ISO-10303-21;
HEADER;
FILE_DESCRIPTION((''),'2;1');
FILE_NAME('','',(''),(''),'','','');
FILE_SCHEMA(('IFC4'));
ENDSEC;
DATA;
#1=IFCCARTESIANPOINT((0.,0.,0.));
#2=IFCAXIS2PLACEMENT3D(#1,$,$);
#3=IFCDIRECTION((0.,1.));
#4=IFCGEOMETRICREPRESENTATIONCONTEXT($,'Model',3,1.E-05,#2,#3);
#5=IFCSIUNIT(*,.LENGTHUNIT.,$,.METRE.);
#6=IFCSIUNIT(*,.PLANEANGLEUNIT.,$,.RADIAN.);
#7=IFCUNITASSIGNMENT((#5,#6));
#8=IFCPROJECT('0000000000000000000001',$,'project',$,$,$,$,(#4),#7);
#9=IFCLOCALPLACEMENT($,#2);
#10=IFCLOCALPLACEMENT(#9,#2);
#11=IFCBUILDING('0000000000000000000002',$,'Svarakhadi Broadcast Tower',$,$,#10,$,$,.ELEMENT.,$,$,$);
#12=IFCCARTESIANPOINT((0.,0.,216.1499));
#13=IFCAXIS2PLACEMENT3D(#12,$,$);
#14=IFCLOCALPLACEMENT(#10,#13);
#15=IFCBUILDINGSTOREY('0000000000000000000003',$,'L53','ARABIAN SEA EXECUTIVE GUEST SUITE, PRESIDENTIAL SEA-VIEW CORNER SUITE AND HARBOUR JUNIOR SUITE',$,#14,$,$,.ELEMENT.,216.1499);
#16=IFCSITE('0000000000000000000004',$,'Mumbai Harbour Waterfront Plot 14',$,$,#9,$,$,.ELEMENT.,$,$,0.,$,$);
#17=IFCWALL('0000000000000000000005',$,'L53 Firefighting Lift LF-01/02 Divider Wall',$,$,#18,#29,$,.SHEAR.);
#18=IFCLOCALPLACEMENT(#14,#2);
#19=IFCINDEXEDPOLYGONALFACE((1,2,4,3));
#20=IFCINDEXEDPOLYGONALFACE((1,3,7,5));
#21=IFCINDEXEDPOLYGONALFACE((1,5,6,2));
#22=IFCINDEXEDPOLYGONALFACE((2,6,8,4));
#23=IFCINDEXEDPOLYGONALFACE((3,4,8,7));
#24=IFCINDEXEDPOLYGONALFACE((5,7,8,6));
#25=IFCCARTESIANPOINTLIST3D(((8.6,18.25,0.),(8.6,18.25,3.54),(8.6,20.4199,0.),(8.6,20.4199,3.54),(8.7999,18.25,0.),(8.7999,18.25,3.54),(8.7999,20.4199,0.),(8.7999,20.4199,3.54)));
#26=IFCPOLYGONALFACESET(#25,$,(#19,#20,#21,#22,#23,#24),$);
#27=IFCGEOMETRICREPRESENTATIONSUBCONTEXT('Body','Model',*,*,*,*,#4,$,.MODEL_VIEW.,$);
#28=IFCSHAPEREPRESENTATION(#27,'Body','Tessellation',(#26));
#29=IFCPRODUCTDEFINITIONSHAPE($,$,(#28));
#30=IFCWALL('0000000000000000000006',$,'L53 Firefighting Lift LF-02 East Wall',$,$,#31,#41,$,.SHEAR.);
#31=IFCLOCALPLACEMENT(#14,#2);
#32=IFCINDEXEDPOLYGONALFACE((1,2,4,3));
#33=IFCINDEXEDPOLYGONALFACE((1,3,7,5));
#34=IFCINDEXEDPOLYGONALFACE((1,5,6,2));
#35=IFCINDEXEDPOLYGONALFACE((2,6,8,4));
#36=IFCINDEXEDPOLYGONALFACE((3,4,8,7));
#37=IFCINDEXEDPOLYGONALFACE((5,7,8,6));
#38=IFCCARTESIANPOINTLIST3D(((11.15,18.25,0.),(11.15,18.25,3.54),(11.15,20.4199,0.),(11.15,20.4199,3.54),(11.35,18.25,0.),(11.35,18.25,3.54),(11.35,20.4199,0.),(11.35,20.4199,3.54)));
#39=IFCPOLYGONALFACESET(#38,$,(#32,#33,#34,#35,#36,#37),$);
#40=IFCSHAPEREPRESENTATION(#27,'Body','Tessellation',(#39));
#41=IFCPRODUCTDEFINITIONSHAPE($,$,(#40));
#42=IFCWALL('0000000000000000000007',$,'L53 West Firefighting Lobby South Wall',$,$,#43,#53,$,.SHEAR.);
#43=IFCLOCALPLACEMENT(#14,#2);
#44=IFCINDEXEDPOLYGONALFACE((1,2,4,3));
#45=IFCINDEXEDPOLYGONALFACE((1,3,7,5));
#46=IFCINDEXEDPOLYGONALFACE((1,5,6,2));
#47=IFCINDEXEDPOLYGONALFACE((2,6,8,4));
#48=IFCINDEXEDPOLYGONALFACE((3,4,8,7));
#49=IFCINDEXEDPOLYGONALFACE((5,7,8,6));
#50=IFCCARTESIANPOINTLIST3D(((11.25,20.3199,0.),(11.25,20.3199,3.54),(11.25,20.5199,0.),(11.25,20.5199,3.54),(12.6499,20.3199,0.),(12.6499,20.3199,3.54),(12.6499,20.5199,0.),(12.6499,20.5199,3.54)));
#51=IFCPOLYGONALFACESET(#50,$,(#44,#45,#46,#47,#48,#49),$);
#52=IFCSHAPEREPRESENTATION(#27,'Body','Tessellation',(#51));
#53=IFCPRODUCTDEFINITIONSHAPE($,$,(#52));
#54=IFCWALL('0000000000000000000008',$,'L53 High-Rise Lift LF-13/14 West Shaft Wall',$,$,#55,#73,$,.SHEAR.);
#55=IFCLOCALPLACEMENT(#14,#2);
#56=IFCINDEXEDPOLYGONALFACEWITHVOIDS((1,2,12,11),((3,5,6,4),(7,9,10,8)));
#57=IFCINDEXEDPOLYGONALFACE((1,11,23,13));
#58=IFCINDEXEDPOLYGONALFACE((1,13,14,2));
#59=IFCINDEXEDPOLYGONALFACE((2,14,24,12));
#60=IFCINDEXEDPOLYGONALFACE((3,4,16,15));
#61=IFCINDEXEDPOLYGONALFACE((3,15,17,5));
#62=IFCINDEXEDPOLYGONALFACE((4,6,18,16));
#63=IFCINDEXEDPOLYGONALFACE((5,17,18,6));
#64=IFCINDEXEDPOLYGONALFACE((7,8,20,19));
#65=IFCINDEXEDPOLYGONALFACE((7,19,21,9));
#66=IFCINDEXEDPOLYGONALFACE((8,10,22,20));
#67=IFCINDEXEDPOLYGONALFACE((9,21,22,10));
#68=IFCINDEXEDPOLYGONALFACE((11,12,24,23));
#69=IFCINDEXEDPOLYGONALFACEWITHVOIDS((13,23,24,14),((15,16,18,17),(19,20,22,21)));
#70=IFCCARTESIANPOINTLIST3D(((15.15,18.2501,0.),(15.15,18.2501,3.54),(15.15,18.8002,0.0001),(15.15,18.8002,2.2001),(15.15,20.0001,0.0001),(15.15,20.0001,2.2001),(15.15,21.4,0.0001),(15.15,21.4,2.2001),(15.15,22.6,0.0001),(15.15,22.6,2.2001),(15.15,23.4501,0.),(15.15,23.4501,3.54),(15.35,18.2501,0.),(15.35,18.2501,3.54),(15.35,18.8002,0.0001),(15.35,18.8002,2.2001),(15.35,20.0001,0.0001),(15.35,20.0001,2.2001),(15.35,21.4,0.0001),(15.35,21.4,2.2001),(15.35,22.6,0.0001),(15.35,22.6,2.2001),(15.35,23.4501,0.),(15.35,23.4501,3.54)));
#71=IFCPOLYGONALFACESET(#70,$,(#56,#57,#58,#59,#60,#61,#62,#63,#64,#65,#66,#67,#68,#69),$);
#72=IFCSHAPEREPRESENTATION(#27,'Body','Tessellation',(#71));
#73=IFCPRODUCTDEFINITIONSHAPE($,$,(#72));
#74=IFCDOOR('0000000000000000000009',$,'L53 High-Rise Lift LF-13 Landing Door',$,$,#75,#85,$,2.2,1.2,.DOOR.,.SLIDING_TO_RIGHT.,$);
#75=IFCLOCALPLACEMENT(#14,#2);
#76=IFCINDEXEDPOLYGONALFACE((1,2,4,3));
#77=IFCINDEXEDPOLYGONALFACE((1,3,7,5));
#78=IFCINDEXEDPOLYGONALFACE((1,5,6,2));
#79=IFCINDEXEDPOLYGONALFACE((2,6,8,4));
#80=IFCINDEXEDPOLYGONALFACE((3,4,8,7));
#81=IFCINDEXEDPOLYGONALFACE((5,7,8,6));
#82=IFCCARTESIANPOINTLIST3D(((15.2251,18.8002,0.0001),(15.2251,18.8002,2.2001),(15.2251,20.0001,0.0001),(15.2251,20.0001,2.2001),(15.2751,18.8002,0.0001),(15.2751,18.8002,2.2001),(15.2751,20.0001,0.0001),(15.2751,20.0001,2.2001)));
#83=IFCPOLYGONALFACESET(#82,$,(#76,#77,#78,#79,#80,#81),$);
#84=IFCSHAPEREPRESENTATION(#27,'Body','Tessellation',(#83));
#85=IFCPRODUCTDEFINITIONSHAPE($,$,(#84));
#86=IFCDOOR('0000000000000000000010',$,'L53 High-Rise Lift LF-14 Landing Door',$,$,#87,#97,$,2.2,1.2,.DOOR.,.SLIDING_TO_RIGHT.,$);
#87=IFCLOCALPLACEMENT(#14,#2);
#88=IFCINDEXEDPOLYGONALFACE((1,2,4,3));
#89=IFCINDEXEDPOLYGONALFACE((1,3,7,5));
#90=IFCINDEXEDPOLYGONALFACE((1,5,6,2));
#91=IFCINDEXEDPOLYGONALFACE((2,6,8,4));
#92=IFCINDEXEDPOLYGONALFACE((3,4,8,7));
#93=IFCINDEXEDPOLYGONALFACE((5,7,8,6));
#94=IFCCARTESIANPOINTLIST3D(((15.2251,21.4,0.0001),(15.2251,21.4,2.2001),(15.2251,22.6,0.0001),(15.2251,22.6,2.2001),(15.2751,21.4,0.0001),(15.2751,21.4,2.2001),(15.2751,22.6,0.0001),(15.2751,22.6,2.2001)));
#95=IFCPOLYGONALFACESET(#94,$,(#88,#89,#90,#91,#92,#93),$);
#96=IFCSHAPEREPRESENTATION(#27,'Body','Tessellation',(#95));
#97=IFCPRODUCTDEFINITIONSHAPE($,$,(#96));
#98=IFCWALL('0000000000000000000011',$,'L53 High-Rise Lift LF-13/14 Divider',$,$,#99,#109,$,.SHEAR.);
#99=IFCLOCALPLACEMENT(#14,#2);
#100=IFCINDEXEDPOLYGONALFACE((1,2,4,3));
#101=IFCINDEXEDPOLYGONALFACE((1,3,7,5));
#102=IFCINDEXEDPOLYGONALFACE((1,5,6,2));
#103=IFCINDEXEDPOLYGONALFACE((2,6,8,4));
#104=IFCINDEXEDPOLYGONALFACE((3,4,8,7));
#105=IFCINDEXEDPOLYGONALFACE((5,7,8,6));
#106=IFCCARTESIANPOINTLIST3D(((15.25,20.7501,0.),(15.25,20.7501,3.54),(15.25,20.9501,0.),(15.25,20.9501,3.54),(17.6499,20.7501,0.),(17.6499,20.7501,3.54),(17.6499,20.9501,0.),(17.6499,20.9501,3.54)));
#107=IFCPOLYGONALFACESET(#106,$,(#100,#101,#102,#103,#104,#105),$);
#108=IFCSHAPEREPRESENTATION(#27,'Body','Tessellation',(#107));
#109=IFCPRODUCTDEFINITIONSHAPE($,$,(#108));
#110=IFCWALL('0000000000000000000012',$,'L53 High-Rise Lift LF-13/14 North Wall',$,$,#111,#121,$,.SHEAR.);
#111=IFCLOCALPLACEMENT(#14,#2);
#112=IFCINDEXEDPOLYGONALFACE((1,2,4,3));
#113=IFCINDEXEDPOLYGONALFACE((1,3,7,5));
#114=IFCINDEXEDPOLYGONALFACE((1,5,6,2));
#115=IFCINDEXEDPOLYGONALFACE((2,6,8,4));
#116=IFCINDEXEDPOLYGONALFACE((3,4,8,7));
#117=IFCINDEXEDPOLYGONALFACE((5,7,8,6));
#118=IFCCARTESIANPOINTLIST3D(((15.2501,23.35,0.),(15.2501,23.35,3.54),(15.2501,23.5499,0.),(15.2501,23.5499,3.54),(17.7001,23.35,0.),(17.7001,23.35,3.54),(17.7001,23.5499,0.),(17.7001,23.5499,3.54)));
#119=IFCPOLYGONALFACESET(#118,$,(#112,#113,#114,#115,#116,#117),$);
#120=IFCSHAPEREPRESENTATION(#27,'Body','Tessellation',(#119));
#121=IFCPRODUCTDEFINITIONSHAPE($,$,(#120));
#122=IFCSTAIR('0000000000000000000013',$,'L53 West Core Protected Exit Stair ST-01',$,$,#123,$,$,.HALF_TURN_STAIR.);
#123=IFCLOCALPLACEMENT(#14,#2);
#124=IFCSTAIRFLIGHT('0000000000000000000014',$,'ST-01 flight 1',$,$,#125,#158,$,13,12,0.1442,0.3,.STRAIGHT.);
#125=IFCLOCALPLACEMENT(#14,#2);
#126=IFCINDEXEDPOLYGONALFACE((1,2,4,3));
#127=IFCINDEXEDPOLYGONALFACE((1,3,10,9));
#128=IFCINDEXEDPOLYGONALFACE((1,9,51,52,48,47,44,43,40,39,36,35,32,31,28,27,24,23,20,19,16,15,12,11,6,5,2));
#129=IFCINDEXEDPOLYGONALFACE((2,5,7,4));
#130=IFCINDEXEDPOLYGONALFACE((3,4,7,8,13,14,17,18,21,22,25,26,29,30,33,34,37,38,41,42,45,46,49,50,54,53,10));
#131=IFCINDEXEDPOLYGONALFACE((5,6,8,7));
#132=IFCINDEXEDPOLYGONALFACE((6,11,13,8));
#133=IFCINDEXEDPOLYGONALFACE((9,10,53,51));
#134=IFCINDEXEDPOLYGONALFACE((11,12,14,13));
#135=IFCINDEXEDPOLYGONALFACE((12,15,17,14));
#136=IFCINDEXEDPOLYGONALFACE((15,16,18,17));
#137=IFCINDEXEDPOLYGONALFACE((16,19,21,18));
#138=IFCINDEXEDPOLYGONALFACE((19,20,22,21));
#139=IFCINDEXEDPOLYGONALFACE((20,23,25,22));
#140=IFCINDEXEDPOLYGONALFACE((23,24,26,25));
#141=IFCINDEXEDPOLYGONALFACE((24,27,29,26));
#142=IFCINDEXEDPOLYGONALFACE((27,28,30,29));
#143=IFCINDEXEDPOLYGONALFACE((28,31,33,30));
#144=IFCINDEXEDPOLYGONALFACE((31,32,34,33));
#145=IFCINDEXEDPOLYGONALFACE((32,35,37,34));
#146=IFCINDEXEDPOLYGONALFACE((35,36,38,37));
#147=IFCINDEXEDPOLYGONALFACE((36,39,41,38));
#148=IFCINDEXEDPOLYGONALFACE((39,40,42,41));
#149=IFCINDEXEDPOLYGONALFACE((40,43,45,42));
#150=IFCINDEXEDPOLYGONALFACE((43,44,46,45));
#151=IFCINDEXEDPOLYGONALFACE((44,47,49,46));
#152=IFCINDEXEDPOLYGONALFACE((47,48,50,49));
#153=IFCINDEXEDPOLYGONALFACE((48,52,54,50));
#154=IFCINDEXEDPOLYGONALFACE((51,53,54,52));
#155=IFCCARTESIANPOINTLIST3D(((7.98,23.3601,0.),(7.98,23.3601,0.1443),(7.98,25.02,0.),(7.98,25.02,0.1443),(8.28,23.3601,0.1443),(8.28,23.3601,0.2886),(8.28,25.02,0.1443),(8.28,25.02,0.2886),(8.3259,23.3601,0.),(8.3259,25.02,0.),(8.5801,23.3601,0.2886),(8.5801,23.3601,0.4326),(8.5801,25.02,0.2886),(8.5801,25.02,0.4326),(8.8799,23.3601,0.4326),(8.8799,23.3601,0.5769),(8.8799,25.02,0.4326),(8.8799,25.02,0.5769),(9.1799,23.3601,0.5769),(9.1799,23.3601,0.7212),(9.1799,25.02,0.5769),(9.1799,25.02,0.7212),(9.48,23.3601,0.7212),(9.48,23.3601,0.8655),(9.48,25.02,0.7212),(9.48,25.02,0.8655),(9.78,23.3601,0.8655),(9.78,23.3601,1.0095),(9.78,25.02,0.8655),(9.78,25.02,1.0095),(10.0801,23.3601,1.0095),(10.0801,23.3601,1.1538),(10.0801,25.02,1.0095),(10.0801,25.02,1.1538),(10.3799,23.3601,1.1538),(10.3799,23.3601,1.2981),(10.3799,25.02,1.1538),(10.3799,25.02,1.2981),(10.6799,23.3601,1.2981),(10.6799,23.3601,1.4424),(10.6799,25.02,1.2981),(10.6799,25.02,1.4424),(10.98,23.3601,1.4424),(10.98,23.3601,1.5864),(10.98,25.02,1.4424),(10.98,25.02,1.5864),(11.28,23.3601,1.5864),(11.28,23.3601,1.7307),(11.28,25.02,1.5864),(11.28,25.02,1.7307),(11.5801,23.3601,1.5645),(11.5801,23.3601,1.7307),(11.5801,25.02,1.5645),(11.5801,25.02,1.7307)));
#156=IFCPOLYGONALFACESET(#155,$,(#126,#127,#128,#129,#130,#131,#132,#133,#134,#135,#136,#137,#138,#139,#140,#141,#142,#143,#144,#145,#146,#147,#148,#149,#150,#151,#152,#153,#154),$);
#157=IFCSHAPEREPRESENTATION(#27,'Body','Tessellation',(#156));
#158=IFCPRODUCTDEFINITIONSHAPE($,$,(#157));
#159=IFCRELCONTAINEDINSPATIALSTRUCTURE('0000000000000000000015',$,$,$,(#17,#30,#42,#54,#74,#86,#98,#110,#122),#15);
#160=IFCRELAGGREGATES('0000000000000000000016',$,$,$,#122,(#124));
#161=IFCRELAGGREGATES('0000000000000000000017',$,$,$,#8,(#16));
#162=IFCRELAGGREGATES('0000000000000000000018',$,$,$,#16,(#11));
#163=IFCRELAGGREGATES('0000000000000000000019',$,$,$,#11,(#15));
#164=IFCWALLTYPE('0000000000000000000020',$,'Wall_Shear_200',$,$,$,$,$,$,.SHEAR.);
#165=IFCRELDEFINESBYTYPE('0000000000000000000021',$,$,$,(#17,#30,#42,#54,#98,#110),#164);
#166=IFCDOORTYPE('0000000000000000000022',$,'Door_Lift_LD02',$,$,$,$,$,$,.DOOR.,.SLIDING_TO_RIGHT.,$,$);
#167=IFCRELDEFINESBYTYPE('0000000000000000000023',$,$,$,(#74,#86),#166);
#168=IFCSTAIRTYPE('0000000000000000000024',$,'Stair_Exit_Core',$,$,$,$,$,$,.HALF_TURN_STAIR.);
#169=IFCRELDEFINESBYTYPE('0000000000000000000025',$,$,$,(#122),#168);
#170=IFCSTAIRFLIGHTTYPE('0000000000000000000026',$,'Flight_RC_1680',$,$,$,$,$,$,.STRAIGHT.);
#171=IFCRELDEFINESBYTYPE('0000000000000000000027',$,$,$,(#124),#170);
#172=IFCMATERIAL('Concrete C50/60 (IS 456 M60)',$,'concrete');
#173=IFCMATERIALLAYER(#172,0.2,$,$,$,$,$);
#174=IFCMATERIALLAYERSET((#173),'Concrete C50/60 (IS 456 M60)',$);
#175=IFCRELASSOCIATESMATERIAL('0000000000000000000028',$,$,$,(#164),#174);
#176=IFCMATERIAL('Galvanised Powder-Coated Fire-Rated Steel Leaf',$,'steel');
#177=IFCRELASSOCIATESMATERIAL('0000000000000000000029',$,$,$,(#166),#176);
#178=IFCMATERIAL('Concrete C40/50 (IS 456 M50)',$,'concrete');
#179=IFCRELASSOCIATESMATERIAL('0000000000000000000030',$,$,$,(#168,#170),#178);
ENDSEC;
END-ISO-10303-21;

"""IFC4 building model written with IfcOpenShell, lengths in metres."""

from ifc_helpers import new_model, si_unit, direction, frame, frame_2d, origin, place, context, subcontext, project, spatial, polyline, rectangle, outline, extrude, material, layer, layer_set, type_object, element, fill, aggregate, save


model = new_model("IFC4")

# Units and contexts
model_context = context("Model", 3, precision=1e-05, world=origin(), true_north=direction((0.0, 1.0)))
body_context = subcontext(model_context, "Body", "Model", "MODEL_VIEW")
ifc_project = project(units=[si_unit("LENGTHUNIT", "METRE"), si_unit("PLANEANGLEUNIT", "RADIAN")], contexts=[model_context])

# Site, building, storey
site_placement = place(None, origin())
site = spatial("IfcSite", under=ifc_project, at=site_placement, Name="Mumbai Harbour Waterfront Plot 14", CompositionType="ELEMENT", RefElevation=0.0)
building_placement = place(site_placement, origin())
building = spatial("IfcBuilding", under=site, at=building_placement, Name="Svarakhadi Broadcast Tower", CompositionType="ELEMENT")
storey_placement = place(building_placement, frame((0.0, 0.0, 216.1499)))
storey = spatial("IfcBuildingStorey", under=building, at=storey_placement, Name="L53", Description="ARABIAN SEA EXECUTIVE GUEST SUITE, PRESIDENTIAL SEA-VIEW CORNER SUITE AND HARBOUR JUNIOR SUITE", CompositionType="ELEMENT", Elevation=216.1499)

# Shared definitions
ifc_material_1 = material(Name="Concrete C50/60 (IS 456 M60)", Category="concrete")

# Shared definitions
ifc_material_2 = material(Name="Concrete C40/50 (IS 456 M50)", Category="concrete")

# Shared definitions
ifc_layer_1 = layer(ifc_material_1, 0.2)
ifc_layer_set_1 = layer_set([ifc_layer_1], Name="Concrete C50/60 (IS 456 M60)")
wall_type_1 = type_object("IfcWallType", Name="Wall_Shear_200", PredefinedType="SHEAR", material=ifc_layer_set_1)
ifc_material_3 = material(Name="Galvanised Powder-Coated Fire-Rated Steel Leaf", Category="steel")

# Walls
for number, where, z_axis, x_axis, name in (
    (1, (8.7, 18.25, 0.0), (0.0, 0.0, 1.0), (0.0, 1.0, 0.0), "L53 Firefighting Lift LF-01/02 Divider Wall"),
    (2, (11.25, 18.25, 0.0), (0.0, 0.0, 1.0), (0.0, 1.0, 0.0), "L53 Firefighting Lift LF-02 East Wall"),
):
    element("IfcWall", number, at=place(storey_placement, frame(where, z_axis=z_axis, x_axis=x_axis)), inside=storey, type_object=wall_type_1, Name=name, PredefinedType="SHEAR", context=body_context, shape_type="SweptSolid", body=[
        extrude(rectangle(XDim=2.1699, YDim=0.2, at=frame_2d((1.085, 0.0))), origin(), (0.0, 0.0, 1.0), 3.54),
    ])
wall_1_placement = place(storey_placement, frame((11.25, 20.4199, 0.0), z_axis=(0.0, 0.0, 1.0), x_axis=(1.0, 0.0, 0.0)))
element("IfcWall", 3, at=wall_1_placement, inside=storey, type_object=wall_type_1, Name="L53 West Firefighting Lobby South Wall", PredefinedType="SHEAR", context=body_context, shape_type="SweptSolid", body=[
    extrude(rectangle(XDim=1.3999, YDim=0.2, at=frame_2d((0.7, 0.0))), origin(), (0.0, 0.0, 1.0), 3.54),
])

# Wall, openings, doors
wall_2_placement = place(storey_placement, frame((15.25, 18.25, 0.0), z_axis=(0.0, 0.0, 1.0), x_axis=(0.0, 1.0, 0.0)))
wall_2 = element("IfcWall", 4, at=wall_2_placement, inside=storey, type_object=wall_type_1, Name="L53 High-Rise Lift LF-13/14 West Shaft Wall", PredefinedType="SHEAR", context=body_context, shape_type="SweptSolid", body=[
    extrude(rectangle(XDim=5.2, YDim=0.2, at=frame_2d((2.6001, 0.0))), origin(), (0.0, 0.0, 1.0), 3.54),
])
opening_1_placement = place(wall_2_placement, frame((0.55, 0.0, 0.0)))
opening_1 = element("IfcOpeningElement", 5, at=opening_1_placement, cuts=wall_2, PredefinedType="OPENING", context=body_context, shape_type="SweptSolid", body=[
    extrude(rectangle(XDim=1.2, YDim=2.2, at=frame_2d((0.6001, 1.1001))), frame((0.0, 0.1099, 0.0), z_axis=(0.0, -1.0, 0.0), x_axis=(1.0, 0.0, 0.0)), (0.0, 0.0, 1.0), 0.22),
])
opening_2_placement = place(wall_2_placement, frame((3.1499, 0.0, 0.0)))
opening_2 = element("IfcOpeningElement", 6, at=opening_2_placement, cuts=wall_2, PredefinedType="OPENING", context=body_context, shape_type="SweptSolid", body=[
    extrude(rectangle(XDim=1.2, YDim=2.2, at=frame_2d((0.6001, 1.1001))), frame((0.0, 0.1099, 0.0), z_axis=(0.0, -1.0, 0.0), x_axis=(1.0, 0.0, 0.0)), (0.0, 0.0, 1.0), 0.22),
])
door_type_1 = type_object("IfcDoorType", Name="Door_Lift_LD02", OperationType="SLIDING_TO_RIGHT", PredefinedType="DOOR", material=ifc_material_3)
door_1_placement = place(opening_1_placement, origin())
door_1 = element("IfcDoor", 7, at=door_1_placement, inside=storey, type_object=door_type_1, Name="L53 High-Rise Lift LF-13 Landing Door", OperationType="SLIDING_TO_RIGHT", OverallHeight=2.2, OverallWidth=1.2, PredefinedType="DOOR", context=body_context, shape_type="SweptSolid", body=[
    extrude(rectangle(XDim=1.2, YDim=2.2, at=frame_2d((0.6001, 1.1001))), frame((0.0, 0.0249, 0.0), z_axis=(0.0, -1.0, 0.0), x_axis=(1.0, 0.0, 0.0)), (0.0, 0.0, 1.0), 0.05),
])
fill(opening_1, door_1)
door_2_placement = place(opening_2_placement, origin())
door_2 = element("IfcDoor", 8, at=door_2_placement, inside=storey, type_object=door_type_1, Name="L53 High-Rise Lift LF-14 Landing Door", OperationType="SLIDING_TO_RIGHT", OverallHeight=2.2, OverallWidth=1.2, PredefinedType="DOOR", context=body_context, shape_type="SweptSolid", body=[
    extrude(rectangle(XDim=1.2, YDim=2.2, at=frame_2d((0.6001, 1.1001))), frame((0.0, 0.0249, 0.0), z_axis=(0.0, -1.0, 0.0), x_axis=(1.0, 0.0, 0.0)), (0.0, 0.0, 1.0), 0.05),
])
fill(opening_2, door_2)

# Walls
wall_3_placement = place(storey_placement, frame((15.25, 20.8501, 0.0), z_axis=(0.0, 0.0, 1.0), x_axis=(1.0, 0.0, 0.0)))
element("IfcWall", 9, at=wall_3_placement, inside=storey, type_object=wall_type_1, Name="L53 High-Rise Lift LF-13/14 Divider", PredefinedType="SHEAR", context=body_context, shape_type="SweptSolid", body=[
    extrude(rectangle(XDim=2.3999, YDim=0.2, at=frame_2d((1.2, 0.0))), origin(), (0.0, 0.0, 1.0), 3.54),
])
wall_4_placement = place(storey_placement, frame((15.25, 23.45, 0.0), z_axis=(0.0, 0.0, 1.0), x_axis=(1.0, 0.0, 0.0)))
element("IfcWall", 10, at=wall_4_placement, inside=storey, type_object=wall_type_1, Name="L53 High-Rise Lift LF-13/14 North Wall", PredefinedType="SHEAR", context=body_context, shape_type="SweptSolid", body=[
    extrude(rectangle(XDim=2.45, YDim=0.2, at=frame_2d((1.2251, 0.0))), origin(), (0.0, 0.0, 1.0), 3.54),
])

# Stair, stair flight
stair_type = type_object("IfcStairType", Name="Stair_Exit_Core", PredefinedType="HALF_TURN_STAIR", material=ifc_material_2)
stair_placement = place(storey_placement, origin())
stair = element("IfcStair", 11, at=stair_placement, inside=storey, type_object=stair_type, Name="L53 West Core Protected Exit Stair ST-01", PredefinedType="HALF_TURN_STAIR")
stair_flight_type = type_object("IfcStairFlightType", Name="Flight_RC_1680", PredefinedType="STRAIGHT", material=ifc_material_2)
stair_flight_1_placement = place(storey_placement, frame((7.98, 24.1899, 0.0), z_axis=(0.0, 0.0, 1.0), x_axis=(1.0, 0.0, 0.0)))
stair_flight_1 = element("IfcStairFlight", 12, at=stair_flight_1_placement, type_object=stair_flight_type, Name="ST-01 flight 1", NumberOfRisers=13, NumberOfTreads=12, PredefinedType="STRAIGHT", RiserHeight=0.1442, TreadLength=0.3, context=body_context, shape_type="SweptSolid", body=[
    extrude(outline(polyline([(0.0, 0.0), (0.0, 0.1443), (0.3, 0.1443), (0.3, 0.2886), (0.6001, 0.2886), (0.6001, 0.4326), (0.8999, 0.4326), (0.8999, 0.5769), (1.2, 0.5769), (1.2, 0.7212), (1.5, 0.7212), (1.5, 0.8655), (1.8, 0.8655), (1.8, 1.0095), (2.1001, 1.0095), (2.1001, 1.1538), (2.3999, 1.1538), (2.3999, 1.2981), (2.7, 1.2981), (2.7, 1.4424), (3.0, 1.4424), (3.0, 1.5864), (3.3, 1.5864), (3.3, 1.7307), (3.6001, 1.7307), (3.6001, 1.875), (3.6001, 1.5645), (0.3459, 0.0), (0.0, 0.0)])), frame((0.0, 0.8301, 0.0), z_axis=(0.0, -1.0, 0.0), x_axis=(1.0, 0.0, 0.0)), (0.0, 0.0, 1.0), 1.6599),
])
aggregate(stair, [stair_flight_1])

save(model, "model.ifc")
